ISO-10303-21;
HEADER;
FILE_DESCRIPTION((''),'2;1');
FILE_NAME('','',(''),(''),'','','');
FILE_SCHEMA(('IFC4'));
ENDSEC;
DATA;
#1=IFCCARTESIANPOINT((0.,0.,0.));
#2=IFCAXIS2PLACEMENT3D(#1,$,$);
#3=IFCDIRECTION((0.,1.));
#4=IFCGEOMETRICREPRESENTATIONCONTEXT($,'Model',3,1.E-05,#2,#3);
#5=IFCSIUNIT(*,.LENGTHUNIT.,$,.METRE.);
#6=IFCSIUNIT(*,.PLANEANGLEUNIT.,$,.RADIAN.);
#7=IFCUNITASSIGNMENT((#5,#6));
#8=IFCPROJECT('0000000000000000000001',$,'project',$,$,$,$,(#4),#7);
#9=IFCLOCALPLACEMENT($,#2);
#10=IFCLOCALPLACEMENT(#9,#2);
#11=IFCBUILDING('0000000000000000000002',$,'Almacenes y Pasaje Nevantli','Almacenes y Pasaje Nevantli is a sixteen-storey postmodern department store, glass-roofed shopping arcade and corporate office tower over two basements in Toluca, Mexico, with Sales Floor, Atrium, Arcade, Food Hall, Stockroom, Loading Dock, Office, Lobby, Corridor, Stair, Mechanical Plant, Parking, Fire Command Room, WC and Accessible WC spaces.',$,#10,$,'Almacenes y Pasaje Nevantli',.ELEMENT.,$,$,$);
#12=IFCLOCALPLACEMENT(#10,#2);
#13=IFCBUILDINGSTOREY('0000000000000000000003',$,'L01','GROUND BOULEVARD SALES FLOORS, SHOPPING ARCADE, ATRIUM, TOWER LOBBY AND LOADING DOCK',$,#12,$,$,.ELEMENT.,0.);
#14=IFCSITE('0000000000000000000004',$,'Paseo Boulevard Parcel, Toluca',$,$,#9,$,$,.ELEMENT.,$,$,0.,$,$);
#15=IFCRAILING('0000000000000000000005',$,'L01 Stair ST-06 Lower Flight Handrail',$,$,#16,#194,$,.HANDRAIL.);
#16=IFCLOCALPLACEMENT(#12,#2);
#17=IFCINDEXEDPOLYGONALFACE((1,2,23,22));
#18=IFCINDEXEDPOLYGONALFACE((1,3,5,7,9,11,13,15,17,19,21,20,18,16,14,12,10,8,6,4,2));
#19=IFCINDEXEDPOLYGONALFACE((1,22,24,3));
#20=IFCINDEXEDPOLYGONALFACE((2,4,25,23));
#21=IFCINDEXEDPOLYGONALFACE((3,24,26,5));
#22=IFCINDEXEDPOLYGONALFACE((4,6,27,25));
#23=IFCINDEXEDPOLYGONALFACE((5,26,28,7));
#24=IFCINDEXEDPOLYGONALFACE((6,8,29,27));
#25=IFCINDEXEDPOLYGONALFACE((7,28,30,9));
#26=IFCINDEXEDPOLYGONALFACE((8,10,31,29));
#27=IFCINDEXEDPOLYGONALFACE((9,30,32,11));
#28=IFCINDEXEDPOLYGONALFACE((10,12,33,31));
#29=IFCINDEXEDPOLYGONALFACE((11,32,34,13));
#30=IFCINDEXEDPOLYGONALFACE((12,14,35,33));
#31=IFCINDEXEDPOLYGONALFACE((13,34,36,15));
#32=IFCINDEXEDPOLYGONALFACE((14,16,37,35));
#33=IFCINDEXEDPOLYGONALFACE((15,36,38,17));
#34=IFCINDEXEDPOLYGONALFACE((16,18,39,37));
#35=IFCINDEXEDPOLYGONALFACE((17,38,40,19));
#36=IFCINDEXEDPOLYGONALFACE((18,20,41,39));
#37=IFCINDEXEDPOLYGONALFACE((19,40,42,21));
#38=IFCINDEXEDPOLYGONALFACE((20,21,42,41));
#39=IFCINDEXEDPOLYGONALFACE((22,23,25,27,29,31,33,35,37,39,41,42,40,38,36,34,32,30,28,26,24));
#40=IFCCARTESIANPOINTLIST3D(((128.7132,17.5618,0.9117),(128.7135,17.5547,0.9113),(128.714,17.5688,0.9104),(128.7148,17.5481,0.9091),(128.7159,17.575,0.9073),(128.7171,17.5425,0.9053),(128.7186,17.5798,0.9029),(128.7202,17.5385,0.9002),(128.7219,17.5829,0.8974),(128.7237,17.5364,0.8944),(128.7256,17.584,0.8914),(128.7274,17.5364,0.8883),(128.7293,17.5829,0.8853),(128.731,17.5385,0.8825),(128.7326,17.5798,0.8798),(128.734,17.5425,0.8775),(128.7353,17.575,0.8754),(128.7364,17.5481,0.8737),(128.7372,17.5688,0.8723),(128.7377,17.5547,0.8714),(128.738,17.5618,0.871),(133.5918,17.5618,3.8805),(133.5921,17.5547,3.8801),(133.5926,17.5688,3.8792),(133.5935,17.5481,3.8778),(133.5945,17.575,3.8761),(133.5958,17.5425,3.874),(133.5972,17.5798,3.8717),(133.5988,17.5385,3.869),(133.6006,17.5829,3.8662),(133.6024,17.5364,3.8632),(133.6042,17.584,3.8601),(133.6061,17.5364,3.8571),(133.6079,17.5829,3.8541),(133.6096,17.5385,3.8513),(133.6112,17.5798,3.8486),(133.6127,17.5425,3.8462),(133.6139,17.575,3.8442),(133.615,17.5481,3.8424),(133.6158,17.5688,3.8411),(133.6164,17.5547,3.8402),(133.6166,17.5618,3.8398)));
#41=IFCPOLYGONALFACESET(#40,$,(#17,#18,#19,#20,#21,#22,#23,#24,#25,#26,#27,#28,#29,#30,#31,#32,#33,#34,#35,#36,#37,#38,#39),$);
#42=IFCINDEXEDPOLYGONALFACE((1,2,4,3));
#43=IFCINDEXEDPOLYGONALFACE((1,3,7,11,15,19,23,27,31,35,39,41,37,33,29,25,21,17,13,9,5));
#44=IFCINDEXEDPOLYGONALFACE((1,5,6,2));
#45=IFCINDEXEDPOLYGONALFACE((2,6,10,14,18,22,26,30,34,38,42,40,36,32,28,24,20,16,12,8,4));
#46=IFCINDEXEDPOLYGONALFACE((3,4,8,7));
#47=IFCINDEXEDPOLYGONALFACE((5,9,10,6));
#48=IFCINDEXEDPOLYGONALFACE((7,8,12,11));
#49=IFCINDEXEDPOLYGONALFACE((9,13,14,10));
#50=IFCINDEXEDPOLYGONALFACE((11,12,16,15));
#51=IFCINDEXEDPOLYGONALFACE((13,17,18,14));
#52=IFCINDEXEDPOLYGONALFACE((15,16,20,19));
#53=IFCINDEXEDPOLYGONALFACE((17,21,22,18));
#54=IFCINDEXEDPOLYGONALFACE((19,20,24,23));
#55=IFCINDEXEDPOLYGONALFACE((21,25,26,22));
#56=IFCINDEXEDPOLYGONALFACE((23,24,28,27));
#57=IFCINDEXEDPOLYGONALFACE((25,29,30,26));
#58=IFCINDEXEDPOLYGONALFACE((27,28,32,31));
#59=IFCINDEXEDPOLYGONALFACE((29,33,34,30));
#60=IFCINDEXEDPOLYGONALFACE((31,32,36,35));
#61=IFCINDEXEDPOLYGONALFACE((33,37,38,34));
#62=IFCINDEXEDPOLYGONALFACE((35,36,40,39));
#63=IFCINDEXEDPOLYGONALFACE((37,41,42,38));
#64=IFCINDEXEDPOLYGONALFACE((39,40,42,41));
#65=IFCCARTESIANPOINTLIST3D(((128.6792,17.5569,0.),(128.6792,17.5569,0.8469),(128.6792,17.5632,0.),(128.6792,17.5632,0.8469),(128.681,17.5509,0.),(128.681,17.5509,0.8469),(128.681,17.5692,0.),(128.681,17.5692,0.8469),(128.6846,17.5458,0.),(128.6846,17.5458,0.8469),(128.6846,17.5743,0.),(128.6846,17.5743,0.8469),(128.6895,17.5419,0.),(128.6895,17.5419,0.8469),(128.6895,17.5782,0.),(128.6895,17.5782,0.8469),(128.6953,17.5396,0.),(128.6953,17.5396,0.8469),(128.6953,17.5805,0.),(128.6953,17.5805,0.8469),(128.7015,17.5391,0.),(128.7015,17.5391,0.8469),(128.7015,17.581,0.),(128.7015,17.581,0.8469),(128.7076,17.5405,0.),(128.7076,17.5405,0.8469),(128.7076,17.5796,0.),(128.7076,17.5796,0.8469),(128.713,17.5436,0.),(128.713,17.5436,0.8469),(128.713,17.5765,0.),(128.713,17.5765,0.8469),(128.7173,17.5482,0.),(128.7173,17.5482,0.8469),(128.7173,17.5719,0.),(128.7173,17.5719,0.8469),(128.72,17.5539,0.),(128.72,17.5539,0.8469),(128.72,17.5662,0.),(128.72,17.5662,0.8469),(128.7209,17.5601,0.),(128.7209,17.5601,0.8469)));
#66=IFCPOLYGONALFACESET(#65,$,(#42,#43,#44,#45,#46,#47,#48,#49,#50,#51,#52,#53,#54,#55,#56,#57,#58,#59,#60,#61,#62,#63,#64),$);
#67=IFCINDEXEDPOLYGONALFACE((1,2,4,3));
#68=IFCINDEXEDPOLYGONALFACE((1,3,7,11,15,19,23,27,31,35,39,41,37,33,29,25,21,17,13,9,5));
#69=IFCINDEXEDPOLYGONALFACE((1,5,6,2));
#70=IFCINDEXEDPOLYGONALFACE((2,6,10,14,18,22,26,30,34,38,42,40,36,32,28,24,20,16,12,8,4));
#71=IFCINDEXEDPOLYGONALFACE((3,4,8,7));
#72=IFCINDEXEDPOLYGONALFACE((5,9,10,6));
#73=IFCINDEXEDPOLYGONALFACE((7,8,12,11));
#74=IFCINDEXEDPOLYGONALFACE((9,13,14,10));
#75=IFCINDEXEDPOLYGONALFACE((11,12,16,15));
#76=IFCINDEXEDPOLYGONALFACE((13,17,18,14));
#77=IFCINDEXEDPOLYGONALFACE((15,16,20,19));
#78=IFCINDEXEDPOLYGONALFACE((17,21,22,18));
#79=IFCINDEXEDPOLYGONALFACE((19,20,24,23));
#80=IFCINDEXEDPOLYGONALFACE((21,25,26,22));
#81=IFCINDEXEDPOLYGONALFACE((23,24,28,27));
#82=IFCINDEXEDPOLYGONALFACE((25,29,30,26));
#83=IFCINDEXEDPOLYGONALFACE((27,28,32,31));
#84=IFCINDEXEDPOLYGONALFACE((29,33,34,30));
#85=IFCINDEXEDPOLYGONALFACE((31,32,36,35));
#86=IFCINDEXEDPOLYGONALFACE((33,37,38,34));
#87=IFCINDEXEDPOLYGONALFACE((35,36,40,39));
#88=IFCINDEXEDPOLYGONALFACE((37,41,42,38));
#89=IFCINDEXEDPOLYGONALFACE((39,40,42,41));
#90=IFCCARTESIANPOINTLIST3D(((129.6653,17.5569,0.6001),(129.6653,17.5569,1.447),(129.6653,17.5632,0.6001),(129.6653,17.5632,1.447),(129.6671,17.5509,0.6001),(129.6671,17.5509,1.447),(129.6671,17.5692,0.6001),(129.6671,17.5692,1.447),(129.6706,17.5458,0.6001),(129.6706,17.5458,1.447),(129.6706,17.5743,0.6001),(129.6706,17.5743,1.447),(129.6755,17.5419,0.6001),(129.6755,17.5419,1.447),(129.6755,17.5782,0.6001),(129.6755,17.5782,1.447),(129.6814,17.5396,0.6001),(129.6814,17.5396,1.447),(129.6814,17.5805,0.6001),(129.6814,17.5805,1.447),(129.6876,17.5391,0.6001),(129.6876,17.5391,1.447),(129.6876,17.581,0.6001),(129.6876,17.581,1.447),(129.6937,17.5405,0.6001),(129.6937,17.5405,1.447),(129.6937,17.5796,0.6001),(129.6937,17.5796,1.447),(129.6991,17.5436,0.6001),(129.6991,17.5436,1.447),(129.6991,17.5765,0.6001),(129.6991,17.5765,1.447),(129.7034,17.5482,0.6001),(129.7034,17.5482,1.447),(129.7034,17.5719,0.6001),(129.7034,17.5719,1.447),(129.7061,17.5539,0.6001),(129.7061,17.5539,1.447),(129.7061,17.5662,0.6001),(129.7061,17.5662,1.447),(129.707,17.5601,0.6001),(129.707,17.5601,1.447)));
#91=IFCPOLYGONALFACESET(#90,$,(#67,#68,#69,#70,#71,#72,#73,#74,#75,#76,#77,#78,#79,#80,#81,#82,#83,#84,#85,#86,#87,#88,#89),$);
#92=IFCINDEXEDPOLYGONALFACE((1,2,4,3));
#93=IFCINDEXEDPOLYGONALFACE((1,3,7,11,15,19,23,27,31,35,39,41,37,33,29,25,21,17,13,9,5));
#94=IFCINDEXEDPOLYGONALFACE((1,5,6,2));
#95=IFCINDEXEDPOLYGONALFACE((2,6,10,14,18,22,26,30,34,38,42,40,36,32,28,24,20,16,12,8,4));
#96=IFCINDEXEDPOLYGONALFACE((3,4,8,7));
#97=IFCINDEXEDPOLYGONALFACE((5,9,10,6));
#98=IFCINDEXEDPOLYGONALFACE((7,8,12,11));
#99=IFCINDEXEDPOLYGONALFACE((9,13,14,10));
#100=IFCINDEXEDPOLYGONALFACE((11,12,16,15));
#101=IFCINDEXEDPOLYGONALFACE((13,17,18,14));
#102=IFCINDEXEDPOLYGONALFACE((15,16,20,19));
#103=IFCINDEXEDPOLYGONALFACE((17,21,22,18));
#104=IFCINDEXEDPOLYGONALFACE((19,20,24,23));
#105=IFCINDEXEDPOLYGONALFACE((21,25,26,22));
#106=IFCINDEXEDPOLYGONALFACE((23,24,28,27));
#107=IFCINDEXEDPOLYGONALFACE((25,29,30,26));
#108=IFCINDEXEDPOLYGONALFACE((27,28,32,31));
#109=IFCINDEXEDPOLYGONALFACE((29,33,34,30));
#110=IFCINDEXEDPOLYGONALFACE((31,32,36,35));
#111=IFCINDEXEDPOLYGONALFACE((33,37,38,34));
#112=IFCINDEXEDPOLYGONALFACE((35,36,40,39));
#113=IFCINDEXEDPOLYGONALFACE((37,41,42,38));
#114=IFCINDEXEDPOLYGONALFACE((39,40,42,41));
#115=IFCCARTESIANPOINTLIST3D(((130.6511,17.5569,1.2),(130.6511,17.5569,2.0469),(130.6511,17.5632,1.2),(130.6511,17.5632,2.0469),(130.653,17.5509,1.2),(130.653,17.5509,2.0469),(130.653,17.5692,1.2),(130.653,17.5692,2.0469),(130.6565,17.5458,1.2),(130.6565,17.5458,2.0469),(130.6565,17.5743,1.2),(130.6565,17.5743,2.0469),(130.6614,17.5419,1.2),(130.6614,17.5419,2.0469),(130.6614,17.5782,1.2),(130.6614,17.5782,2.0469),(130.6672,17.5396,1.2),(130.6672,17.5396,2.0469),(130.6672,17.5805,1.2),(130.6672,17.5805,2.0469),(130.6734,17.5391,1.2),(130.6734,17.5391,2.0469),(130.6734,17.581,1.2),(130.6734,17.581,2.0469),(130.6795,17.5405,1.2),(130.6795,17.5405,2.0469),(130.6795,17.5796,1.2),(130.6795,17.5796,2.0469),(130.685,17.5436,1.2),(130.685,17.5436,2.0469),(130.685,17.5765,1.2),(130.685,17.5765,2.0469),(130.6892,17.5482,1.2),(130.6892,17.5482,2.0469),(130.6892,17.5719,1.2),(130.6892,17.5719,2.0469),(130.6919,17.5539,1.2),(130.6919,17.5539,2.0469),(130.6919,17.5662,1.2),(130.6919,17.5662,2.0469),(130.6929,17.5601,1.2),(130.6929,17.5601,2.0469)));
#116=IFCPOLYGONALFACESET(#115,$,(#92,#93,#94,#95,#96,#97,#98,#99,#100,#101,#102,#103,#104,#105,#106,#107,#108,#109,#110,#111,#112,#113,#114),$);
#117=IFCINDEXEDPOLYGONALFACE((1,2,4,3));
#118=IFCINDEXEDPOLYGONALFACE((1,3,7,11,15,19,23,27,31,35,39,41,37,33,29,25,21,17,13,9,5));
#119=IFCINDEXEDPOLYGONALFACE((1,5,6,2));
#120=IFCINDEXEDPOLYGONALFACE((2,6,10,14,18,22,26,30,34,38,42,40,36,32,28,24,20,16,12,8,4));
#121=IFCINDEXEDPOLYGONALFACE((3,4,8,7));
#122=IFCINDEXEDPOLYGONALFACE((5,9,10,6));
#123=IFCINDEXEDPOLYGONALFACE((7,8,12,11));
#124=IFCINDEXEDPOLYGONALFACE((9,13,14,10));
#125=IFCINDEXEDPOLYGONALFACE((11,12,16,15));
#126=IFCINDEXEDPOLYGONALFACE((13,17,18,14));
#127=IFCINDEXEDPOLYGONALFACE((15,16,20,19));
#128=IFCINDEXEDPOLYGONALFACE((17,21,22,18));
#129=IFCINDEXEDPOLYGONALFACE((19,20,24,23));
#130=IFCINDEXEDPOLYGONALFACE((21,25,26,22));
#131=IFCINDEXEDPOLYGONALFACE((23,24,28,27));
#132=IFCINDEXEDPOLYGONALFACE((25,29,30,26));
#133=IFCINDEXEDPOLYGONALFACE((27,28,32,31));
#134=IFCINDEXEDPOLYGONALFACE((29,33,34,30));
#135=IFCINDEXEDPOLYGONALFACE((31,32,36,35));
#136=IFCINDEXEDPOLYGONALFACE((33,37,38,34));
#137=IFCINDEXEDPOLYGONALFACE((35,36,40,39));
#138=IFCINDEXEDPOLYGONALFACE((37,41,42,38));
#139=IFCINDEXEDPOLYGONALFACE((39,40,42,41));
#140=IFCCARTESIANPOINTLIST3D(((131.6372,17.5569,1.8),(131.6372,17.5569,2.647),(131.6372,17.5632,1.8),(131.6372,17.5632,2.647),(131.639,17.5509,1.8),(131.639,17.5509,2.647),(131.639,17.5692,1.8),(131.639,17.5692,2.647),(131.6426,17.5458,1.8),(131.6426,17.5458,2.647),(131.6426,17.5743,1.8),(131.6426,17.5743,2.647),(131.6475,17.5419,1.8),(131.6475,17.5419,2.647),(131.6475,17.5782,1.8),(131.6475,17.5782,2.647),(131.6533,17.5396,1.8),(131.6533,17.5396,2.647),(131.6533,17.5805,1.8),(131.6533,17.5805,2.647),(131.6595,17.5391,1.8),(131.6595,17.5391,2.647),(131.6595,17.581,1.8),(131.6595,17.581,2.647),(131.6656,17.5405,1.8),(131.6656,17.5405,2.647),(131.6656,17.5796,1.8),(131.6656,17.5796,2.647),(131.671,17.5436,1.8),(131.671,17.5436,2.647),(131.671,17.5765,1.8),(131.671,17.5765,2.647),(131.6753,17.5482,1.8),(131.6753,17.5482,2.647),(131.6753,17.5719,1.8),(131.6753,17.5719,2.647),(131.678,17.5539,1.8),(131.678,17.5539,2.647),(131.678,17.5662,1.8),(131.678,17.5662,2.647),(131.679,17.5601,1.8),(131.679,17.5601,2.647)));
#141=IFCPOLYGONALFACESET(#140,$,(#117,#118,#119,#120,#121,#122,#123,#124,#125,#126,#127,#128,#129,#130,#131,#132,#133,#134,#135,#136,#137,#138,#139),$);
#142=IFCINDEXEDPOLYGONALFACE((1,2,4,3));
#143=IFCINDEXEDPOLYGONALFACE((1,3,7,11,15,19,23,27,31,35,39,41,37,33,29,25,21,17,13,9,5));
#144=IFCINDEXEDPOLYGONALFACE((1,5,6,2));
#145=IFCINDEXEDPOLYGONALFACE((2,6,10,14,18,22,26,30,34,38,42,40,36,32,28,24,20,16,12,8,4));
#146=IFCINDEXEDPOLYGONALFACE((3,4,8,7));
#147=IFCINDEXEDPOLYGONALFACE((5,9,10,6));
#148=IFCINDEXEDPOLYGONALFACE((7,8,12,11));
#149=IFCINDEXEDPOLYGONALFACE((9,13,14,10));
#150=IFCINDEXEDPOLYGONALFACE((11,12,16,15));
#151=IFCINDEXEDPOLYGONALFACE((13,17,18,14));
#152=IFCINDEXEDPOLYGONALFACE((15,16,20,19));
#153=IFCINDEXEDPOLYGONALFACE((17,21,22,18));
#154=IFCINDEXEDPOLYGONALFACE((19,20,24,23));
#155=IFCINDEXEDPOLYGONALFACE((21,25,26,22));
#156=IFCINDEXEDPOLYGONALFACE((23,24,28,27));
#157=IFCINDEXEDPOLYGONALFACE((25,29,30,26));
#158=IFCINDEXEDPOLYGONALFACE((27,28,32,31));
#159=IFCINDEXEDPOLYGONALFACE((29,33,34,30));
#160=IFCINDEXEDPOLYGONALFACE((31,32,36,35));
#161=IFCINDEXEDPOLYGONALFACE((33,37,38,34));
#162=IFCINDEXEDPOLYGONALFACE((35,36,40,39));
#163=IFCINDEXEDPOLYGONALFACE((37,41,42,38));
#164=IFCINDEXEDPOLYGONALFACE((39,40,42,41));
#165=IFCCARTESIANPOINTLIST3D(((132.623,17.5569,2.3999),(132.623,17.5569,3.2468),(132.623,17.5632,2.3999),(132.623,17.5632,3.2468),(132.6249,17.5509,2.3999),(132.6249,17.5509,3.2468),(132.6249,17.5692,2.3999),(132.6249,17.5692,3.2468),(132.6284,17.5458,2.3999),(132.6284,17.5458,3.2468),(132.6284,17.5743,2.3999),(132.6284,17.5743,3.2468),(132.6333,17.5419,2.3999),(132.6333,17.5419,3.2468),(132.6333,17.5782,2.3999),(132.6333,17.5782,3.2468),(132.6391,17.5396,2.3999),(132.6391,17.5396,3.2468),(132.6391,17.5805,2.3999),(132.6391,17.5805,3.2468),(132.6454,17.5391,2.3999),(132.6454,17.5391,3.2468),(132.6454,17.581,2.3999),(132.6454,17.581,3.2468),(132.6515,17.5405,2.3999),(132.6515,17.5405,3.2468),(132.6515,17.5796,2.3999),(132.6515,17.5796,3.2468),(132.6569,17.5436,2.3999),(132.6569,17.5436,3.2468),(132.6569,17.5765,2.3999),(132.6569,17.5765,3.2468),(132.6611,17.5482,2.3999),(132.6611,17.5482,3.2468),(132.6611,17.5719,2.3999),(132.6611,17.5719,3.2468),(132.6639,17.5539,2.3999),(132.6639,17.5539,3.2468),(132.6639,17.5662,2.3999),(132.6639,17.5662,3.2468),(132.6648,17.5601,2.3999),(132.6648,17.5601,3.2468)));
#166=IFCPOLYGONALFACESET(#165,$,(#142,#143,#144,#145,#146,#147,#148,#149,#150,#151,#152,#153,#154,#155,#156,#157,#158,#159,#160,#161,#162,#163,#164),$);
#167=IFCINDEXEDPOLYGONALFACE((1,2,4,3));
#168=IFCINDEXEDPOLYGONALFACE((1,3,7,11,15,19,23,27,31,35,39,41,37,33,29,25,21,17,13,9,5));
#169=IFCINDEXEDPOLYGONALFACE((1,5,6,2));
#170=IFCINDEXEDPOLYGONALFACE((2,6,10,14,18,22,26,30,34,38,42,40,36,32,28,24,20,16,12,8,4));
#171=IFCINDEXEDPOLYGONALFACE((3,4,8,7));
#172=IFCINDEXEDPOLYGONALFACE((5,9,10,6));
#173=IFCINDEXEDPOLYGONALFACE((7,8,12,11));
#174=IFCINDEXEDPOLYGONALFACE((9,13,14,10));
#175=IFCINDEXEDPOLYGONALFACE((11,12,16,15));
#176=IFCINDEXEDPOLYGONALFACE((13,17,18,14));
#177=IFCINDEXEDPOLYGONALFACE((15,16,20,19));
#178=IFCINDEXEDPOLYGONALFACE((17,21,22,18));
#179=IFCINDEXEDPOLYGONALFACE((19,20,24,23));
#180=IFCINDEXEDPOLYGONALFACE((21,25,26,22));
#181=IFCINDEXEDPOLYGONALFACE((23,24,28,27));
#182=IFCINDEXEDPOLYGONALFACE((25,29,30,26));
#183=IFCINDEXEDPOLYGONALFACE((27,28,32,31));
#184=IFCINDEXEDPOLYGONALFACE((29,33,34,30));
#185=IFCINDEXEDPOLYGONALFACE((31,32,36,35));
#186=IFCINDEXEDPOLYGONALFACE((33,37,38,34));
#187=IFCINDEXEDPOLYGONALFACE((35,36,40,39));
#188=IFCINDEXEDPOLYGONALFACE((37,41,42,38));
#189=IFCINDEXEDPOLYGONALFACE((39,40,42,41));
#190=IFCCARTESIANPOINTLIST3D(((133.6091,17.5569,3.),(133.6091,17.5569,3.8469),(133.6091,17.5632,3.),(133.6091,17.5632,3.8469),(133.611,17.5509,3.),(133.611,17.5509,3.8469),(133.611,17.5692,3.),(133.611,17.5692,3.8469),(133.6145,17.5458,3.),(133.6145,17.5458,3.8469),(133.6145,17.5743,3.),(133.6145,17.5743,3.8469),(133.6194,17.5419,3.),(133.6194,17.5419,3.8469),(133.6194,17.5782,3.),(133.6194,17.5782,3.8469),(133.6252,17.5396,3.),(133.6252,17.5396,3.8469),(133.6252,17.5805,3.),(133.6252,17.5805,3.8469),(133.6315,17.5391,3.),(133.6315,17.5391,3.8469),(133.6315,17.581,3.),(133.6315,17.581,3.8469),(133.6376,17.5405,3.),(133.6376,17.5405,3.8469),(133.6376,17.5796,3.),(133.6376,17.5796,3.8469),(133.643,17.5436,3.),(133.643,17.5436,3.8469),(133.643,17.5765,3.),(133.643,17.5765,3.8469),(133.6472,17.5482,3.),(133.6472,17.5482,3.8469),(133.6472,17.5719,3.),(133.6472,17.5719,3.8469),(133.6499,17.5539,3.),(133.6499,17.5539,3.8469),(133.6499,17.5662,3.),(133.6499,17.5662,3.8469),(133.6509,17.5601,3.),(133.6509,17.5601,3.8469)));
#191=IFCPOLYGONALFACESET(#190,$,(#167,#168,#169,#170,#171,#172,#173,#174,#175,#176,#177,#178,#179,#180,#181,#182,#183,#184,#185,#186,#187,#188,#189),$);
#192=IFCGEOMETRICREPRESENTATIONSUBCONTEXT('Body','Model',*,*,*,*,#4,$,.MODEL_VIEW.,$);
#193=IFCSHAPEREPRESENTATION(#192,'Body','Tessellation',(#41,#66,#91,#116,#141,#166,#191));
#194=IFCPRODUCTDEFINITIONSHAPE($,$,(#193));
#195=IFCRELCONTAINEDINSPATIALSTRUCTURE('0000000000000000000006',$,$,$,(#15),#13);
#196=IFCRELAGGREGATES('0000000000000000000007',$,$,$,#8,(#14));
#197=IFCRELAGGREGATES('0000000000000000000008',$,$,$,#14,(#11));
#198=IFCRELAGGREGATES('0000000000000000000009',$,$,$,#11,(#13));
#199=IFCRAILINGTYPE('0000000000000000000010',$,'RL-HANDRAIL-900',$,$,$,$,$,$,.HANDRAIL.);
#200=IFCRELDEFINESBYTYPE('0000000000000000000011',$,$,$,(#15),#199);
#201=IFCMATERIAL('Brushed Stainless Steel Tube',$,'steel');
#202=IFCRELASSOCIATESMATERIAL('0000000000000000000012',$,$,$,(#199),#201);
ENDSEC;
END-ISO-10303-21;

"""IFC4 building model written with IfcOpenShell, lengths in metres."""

from ifc_helpers import new_model, si_unit, direction, frame, origin, origin_2d, place, context, subcontext, project, spatial, circle, extrude, material, type_object, element, save


model = new_model("IFC4")

# Units and contexts
model_context = context("Model", 3, precision=1e-05, world=origin(), true_north=direction((0.0, 1.0)))
body_context = subcontext(model_context, "Body", "Model", "MODEL_VIEW")
ifc_project = project(units=[si_unit("LENGTHUNIT", "METRE"), si_unit("PLANEANGLEUNIT", "RADIAN")], contexts=[model_context])

# Site, building, storey
site_placement = place(None, origin())
site = spatial("IfcSite", under=ifc_project, at=site_placement, Name="Paseo Boulevard Parcel, Toluca", CompositionType="ELEMENT", RefElevation=0.0)
building_placement = place(site_placement, origin())
building = spatial("IfcBuilding", under=site, at=building_placement, Name="Almacenes y Pasaje Nevantli", Description="Almacenes y Pasaje Nevantli is a sixteen-storey postmodern department store, glass-roofed shopping arcade and corporate office tower over two basements in Toluca, Mexico, with Sales Floor, Atrium, Arcade, Food Hall, Stockroom, Loading Dock, Office, Lobby, Corridor, Stair, Mechanical Plant, Parking, Fire Command Room, WC and Accessible WC spaces.", LongName="Almacenes y Pasaje Nevantli", CompositionType="ELEMENT")
storey_placement = place(building_placement, origin())
storey = spatial("IfcBuildingStorey", under=building, at=storey_placement, Name="L01", Description="GROUND BOULEVARD SALES FLOORS, SHOPPING ARCADE, ATRIUM, TOWER LOBBY AND LOADING DOCK", CompositionType="ELEMENT", Elevation=0.0)

# Railing
ifc_material_1 = material(Name="Brushed Stainless Steel Tube", Category="steel")
railing_type_1 = type_object("IfcRailingType", Name="RL-HANDRAIL-900", PredefinedType="HANDRAIL", material=ifc_material_1)
railing_1_placement = place(storey_placement, frame((128.7, 17.5601, 0.0)))
element("IfcRailing", 1, at=railing_1_placement, inside=storey, type_object=railing_type_1, Name="L01 Stair ST-06 Lower Flight Handrail", PredefinedType="HANDRAIL", context=body_context, shape_type="SweptSolid", body=[
    extrude(circle(Radius=0.0239, at=origin_2d()), frame((0.0256, 0.0, 0.8914), z_axis=(0.854262, 0.0, 0.519842), x_axis=(0.0, 1.0, 0.0)), (0.0, 0.0, 1.0), 5.7109),
    extrude(circle(Radius=0.021, at=origin_2d()), origin(), (0.0, 0.0, 1.0), 0.8469),
    extrude(circle(Radius=0.021, at=origin_2d()), frame((0.9861, 0.0, 0.6001)), (0.0, 0.0, 1.0), 0.8469),
    extrude(circle(Radius=0.021, at=origin_2d()), frame((1.9719, 0.0, 1.2)), (0.0, 0.0, 1.0), 0.8469),
    extrude(circle(Radius=0.021, at=origin_2d()), frame((2.958, 0.0, 1.8)), (0.0, 0.0, 1.0), 0.8469),
    extrude(circle(Radius=0.021, at=origin_2d()), frame((3.9438, 0.0, 2.3999)), (0.0, 0.0, 1.0), 0.8469),
    extrude(circle(Radius=0.021, at=origin_2d()), frame((4.9299, 0.0, 3.0)), (0.0, 0.0, 1.0), 0.8469),
])

save(model, "model.ifc")
